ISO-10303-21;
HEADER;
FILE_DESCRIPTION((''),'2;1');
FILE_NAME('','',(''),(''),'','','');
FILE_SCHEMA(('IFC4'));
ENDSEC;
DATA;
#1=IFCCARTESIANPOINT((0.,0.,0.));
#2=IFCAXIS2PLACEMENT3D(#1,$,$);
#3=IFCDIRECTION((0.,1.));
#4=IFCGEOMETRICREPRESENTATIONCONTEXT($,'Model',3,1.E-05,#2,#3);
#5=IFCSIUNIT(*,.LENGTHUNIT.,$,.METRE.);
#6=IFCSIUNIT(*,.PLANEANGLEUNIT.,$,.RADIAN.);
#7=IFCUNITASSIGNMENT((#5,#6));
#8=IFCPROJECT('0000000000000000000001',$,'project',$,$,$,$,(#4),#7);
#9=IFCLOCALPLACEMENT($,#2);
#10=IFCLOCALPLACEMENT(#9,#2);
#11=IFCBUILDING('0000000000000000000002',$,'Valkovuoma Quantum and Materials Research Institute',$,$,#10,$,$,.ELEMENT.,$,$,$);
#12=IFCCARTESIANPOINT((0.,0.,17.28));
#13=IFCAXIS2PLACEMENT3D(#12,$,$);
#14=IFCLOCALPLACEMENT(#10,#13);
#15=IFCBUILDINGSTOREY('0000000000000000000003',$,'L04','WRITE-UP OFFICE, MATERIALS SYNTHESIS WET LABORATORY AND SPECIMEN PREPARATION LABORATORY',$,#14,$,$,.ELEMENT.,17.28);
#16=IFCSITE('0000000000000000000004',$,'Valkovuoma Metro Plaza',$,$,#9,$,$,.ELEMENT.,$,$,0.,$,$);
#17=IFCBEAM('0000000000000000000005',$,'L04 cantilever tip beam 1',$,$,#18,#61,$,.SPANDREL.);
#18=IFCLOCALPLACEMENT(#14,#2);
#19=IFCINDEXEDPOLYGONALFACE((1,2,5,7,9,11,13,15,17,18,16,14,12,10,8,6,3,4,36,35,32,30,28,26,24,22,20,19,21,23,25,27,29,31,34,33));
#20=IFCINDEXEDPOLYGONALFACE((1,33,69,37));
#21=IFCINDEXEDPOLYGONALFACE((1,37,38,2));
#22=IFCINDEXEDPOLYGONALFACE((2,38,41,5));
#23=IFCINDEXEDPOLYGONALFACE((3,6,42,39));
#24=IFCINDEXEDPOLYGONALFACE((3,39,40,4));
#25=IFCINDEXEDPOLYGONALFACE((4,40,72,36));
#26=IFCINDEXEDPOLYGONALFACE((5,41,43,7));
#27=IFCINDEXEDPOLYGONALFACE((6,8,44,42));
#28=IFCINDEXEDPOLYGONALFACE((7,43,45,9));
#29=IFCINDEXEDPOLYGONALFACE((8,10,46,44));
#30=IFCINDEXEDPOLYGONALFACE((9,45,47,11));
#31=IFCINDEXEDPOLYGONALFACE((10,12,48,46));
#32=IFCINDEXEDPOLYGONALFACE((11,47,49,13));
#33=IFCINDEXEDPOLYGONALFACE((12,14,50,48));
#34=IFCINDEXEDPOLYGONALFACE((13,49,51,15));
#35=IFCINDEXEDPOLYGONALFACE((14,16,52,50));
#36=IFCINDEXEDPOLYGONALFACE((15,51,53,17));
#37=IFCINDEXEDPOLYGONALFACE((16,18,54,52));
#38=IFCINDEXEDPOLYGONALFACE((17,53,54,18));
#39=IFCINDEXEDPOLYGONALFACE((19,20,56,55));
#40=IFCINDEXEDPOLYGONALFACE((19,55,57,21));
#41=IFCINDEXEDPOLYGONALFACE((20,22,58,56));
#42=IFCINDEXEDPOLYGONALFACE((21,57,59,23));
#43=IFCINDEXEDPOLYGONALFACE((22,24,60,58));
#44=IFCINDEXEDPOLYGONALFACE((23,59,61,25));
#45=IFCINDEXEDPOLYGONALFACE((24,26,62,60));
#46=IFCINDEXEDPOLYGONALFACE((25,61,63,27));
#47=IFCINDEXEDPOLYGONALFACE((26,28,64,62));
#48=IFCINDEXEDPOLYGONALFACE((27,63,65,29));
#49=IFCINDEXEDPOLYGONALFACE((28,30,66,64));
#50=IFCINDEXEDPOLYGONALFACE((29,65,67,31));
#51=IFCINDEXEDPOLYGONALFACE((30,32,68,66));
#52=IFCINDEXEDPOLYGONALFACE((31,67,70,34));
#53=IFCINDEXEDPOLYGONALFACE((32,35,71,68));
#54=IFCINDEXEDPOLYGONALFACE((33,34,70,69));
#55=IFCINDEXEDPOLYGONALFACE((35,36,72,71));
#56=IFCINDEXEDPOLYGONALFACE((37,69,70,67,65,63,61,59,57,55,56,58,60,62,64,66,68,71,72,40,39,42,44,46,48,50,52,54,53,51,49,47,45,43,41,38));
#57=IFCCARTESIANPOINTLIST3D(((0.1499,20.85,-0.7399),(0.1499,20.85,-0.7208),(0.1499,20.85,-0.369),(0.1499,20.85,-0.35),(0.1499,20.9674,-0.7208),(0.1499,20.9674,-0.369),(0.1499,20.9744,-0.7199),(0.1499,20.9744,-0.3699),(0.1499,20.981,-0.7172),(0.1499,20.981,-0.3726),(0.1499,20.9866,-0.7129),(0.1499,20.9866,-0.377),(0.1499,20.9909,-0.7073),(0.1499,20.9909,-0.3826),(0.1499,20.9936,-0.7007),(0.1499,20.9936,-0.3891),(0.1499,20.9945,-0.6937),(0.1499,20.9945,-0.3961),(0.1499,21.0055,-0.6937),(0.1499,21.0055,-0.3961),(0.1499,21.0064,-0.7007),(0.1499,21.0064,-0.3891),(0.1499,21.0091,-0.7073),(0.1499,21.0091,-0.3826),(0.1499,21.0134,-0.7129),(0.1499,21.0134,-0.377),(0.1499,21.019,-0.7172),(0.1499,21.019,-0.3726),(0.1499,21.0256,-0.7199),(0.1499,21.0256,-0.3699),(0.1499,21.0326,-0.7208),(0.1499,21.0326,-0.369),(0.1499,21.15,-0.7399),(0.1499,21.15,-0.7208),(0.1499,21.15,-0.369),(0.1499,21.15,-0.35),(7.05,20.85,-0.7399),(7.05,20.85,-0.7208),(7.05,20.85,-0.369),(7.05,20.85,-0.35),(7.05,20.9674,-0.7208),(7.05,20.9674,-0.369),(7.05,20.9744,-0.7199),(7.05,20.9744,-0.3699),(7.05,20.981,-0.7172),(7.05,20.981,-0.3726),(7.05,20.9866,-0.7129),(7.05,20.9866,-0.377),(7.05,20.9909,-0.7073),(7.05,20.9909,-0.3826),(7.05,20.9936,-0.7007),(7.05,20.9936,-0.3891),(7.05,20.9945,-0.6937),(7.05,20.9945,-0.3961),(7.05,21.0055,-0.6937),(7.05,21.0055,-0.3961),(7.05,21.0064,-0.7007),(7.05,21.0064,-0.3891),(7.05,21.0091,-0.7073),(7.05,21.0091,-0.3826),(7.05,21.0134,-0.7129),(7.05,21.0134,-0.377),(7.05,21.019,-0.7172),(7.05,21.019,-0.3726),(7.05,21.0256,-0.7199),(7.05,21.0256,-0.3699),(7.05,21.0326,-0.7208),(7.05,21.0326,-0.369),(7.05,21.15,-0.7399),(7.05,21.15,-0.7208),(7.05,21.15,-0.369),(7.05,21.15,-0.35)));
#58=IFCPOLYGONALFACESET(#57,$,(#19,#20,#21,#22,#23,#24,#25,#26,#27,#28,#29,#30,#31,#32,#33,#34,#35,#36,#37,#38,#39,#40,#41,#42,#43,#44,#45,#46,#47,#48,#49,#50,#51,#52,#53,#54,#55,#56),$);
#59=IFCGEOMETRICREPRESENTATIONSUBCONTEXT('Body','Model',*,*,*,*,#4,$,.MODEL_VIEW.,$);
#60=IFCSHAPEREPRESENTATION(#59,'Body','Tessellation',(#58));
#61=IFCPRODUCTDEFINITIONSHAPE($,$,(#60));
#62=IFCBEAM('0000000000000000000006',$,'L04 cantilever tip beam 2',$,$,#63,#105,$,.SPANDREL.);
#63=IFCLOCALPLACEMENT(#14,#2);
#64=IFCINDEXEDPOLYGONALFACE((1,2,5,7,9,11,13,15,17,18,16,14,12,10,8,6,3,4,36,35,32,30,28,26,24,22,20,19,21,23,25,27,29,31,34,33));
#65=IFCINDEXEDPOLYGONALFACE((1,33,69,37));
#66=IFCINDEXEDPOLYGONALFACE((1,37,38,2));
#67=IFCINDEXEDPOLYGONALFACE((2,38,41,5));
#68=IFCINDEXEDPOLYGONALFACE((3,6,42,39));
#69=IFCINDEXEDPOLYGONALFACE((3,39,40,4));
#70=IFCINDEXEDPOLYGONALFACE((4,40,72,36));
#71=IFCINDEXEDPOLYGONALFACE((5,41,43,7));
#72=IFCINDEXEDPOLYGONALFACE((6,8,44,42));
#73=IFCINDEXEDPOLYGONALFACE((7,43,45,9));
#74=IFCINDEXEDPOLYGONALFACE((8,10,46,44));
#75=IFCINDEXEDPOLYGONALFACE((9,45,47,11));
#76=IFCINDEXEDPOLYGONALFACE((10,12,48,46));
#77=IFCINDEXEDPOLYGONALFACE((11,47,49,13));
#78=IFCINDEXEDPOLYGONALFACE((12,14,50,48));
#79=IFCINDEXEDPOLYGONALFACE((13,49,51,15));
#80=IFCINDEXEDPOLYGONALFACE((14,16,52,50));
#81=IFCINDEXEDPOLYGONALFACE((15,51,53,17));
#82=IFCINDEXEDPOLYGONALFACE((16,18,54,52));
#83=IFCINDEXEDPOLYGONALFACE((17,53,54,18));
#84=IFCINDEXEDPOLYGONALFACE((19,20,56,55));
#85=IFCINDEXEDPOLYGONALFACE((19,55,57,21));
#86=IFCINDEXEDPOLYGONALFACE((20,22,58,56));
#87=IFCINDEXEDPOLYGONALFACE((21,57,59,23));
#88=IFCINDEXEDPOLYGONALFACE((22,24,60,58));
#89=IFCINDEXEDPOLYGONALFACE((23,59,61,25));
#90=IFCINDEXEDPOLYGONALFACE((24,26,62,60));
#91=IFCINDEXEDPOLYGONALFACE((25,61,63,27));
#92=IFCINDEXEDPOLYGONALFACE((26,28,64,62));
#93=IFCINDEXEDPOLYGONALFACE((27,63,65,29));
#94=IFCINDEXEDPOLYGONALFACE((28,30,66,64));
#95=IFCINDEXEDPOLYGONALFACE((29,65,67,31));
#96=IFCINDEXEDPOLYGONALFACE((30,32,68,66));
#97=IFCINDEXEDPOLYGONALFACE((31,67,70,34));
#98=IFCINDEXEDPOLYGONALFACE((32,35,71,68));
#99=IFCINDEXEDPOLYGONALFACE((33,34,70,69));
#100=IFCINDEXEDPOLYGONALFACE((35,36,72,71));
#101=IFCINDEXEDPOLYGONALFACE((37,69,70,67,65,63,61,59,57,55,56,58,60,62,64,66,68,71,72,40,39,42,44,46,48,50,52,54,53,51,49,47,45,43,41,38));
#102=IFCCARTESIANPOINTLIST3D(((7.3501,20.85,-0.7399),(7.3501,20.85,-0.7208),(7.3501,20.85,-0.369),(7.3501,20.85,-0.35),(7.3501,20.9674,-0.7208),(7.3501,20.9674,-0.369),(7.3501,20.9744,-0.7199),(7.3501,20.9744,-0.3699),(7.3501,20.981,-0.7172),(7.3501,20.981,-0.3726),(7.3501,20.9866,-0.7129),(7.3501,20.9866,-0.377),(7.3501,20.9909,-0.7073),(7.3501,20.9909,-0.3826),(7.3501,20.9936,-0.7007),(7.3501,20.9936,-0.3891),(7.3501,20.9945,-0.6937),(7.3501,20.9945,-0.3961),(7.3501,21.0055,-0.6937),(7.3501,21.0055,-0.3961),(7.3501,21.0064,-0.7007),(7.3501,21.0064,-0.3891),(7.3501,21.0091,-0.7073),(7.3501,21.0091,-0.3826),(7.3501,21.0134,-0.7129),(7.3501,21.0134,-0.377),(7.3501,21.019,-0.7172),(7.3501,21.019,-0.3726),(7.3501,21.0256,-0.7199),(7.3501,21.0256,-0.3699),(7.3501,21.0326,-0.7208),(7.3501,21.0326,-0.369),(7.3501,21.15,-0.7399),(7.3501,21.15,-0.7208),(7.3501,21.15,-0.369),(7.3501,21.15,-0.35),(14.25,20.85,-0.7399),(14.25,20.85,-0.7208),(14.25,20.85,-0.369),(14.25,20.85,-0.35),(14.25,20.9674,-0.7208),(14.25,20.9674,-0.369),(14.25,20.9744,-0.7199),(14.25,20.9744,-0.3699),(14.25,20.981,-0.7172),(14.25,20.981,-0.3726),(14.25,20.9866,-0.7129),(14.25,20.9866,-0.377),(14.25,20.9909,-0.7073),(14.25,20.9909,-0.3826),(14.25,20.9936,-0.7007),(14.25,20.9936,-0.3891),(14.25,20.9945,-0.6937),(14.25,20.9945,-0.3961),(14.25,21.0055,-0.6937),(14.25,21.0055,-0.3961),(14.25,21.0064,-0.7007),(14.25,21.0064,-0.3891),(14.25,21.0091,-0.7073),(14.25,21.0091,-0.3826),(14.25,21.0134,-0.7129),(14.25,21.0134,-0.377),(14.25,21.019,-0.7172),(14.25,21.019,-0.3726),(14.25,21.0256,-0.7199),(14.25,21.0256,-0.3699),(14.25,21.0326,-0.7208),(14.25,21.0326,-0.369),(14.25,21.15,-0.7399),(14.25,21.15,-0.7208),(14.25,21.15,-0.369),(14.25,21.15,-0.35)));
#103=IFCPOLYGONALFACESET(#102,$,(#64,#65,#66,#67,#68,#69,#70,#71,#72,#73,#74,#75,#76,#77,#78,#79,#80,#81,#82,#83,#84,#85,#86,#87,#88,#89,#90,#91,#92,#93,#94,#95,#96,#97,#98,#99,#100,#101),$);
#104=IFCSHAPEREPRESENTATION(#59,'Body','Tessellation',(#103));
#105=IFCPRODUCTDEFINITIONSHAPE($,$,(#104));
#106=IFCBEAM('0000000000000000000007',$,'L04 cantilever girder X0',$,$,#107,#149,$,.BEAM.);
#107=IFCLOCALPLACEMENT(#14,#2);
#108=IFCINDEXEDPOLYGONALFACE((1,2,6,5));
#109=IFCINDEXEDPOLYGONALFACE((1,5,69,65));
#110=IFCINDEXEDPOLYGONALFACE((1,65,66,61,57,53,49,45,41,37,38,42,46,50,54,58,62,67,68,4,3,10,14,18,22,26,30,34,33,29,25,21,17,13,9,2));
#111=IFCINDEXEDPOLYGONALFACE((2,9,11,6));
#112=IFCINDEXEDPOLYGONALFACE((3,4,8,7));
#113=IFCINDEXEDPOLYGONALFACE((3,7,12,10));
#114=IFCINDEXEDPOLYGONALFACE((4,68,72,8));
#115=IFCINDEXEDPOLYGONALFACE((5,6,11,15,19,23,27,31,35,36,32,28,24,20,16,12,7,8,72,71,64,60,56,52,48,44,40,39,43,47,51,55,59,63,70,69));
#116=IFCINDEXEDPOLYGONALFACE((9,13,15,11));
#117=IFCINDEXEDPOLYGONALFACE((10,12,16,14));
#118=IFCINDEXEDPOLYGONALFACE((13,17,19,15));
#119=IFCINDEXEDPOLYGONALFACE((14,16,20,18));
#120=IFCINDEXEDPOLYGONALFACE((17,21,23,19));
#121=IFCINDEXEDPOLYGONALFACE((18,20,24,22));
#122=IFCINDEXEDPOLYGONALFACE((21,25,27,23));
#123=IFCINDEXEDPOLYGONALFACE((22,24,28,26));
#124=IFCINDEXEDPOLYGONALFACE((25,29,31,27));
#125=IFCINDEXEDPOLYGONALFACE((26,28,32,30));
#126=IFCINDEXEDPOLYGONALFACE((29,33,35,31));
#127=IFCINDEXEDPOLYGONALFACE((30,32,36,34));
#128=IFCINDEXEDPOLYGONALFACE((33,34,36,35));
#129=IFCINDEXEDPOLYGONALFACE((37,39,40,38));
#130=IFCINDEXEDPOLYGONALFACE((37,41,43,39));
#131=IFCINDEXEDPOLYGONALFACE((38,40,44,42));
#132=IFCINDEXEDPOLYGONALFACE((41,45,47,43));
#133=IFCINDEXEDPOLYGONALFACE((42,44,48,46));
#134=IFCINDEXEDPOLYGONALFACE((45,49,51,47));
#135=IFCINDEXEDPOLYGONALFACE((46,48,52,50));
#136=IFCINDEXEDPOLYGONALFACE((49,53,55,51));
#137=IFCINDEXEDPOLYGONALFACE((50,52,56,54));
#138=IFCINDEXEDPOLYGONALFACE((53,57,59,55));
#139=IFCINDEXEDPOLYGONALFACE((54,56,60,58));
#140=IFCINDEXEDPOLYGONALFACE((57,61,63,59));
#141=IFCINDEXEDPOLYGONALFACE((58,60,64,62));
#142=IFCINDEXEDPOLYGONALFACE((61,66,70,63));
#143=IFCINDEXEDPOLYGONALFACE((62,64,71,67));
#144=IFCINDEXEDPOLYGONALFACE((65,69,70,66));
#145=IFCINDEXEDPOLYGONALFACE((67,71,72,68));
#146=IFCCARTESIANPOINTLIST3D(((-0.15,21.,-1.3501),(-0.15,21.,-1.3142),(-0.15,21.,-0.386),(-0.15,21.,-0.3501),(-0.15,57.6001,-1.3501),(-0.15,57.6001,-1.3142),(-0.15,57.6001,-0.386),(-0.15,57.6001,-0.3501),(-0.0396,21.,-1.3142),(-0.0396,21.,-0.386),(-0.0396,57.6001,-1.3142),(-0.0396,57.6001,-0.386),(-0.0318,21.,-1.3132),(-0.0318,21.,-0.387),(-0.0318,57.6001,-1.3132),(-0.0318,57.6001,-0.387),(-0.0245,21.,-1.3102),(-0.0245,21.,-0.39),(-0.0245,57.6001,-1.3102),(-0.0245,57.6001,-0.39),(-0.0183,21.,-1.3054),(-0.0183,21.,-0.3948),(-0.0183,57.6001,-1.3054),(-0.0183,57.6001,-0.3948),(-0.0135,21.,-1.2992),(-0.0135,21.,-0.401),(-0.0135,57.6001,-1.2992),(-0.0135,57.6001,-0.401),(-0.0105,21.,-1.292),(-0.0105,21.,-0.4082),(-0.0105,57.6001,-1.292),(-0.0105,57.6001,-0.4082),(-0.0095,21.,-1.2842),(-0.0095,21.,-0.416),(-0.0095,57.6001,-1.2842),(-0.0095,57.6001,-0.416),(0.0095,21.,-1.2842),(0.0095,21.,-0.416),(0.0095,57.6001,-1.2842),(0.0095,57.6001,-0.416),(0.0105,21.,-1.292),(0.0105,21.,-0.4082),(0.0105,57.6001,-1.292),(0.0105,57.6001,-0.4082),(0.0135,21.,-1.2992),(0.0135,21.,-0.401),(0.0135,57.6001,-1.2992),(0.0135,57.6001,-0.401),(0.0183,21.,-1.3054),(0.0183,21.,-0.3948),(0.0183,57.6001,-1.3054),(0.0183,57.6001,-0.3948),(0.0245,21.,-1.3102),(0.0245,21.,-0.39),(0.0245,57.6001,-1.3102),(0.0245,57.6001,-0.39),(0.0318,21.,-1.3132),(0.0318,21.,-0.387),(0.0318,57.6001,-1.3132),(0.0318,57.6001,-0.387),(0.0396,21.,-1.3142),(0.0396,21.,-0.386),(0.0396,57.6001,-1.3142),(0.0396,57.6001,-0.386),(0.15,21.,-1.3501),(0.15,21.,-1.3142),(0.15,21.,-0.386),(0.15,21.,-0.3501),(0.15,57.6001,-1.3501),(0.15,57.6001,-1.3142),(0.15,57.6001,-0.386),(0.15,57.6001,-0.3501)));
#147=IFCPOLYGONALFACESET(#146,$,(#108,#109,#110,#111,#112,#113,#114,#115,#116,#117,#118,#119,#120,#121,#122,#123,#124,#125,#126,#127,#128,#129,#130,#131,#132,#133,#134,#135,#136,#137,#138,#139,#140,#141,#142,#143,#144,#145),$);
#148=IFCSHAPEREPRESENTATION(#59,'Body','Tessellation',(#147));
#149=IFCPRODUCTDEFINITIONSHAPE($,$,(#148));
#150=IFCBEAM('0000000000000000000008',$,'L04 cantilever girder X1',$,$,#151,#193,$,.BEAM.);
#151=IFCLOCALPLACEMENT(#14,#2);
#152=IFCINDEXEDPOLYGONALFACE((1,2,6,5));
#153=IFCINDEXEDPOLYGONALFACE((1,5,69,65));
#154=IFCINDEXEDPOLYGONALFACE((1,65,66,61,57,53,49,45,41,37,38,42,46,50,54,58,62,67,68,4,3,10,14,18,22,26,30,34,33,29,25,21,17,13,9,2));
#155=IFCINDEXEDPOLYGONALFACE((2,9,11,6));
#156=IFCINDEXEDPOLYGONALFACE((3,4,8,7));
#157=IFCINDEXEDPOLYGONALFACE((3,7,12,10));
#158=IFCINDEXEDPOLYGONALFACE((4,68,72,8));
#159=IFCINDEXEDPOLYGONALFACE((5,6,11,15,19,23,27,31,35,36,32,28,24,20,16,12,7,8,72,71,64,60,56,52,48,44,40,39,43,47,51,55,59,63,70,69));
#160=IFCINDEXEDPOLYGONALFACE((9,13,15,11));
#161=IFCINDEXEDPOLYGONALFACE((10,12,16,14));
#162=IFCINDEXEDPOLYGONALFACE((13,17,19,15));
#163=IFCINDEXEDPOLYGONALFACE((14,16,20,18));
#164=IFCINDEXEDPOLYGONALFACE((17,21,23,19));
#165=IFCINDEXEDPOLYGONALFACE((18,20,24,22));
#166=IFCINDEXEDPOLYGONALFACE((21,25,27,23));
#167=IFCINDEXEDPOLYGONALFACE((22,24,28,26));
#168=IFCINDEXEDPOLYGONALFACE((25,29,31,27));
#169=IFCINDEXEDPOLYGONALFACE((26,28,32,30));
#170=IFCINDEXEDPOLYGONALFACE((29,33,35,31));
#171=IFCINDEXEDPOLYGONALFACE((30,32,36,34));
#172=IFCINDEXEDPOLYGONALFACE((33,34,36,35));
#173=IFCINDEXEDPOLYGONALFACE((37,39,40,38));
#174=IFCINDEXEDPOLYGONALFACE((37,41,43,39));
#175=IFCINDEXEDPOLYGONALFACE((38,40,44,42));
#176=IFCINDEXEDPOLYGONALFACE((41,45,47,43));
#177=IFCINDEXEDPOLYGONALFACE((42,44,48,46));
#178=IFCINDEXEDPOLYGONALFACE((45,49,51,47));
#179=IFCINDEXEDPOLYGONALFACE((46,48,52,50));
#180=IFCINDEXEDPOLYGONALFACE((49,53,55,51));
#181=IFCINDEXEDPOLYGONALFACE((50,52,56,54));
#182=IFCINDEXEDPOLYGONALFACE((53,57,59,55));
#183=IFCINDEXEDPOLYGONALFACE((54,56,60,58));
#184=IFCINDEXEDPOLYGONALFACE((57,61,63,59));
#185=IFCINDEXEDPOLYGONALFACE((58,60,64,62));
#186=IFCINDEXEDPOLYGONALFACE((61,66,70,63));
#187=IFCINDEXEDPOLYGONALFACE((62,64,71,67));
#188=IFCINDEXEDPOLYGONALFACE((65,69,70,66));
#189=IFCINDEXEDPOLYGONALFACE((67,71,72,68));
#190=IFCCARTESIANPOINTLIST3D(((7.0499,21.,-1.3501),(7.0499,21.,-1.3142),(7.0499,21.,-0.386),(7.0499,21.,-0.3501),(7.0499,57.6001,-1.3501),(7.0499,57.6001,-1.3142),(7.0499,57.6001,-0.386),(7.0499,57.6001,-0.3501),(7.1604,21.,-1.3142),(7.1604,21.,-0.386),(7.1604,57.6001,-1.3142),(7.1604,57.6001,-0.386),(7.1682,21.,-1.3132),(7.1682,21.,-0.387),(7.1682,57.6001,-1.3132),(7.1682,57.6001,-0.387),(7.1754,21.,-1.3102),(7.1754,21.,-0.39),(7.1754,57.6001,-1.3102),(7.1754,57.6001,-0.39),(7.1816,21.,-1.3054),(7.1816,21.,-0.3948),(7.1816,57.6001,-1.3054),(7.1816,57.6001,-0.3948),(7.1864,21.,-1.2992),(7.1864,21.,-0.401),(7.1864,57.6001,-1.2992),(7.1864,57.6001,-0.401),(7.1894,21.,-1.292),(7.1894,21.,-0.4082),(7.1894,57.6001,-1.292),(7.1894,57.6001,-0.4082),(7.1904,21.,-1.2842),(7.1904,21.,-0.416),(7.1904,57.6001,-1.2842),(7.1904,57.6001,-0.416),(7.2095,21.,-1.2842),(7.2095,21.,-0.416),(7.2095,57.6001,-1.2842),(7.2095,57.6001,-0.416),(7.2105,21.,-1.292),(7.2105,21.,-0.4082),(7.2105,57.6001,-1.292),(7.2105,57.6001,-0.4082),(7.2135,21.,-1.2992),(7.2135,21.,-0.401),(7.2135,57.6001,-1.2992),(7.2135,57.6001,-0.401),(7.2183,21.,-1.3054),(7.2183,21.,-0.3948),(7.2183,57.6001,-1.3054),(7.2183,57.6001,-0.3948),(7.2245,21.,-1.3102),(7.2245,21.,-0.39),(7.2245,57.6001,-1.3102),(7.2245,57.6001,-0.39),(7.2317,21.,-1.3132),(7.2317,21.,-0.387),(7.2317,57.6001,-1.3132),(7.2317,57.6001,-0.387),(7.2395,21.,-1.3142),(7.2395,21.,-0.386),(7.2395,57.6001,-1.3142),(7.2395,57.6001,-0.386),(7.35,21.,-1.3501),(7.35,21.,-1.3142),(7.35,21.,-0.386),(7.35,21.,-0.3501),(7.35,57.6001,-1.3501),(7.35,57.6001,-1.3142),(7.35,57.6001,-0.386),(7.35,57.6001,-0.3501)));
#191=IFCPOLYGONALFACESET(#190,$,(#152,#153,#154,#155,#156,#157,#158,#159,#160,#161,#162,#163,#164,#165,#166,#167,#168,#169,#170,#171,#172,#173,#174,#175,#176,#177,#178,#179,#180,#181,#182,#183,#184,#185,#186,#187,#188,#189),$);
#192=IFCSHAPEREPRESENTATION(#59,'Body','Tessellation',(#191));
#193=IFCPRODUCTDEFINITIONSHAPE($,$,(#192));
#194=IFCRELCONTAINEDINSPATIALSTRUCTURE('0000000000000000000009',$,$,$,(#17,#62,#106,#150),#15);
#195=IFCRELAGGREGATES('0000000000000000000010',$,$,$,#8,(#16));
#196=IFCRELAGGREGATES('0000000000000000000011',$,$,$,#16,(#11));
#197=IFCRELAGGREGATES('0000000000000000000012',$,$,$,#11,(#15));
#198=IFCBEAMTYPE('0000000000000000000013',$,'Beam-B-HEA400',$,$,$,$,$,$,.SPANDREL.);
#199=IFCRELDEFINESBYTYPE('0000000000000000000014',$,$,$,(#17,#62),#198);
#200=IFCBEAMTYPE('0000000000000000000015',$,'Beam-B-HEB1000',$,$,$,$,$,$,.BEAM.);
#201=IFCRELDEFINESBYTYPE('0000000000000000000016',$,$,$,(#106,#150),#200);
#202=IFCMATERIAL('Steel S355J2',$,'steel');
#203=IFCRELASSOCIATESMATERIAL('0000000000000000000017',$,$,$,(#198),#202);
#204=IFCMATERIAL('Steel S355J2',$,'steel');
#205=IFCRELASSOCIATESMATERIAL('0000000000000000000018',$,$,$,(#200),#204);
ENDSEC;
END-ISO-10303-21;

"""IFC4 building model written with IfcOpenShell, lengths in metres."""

from ifc_helpers import new_model, si_unit, direction, frame, origin, origin_2d, place, context, subcontext, project, spatial, i_section, extrude, material, material_profile, profile_set, type_object, element, save


model = new_model("IFC4")

# Units and contexts
model_context = context("Model", 3, precision=1e-05, world=origin(), true_north=direction((0.0, 1.0)))
body_context = subcontext(model_context, "Body", "Model", "MODEL_VIEW")
ifc_project = project(units=[si_unit("LENGTHUNIT", "METRE"), si_unit("PLANEANGLEUNIT", "RADIAN")], contexts=[model_context])

# Site, building, storey
site_placement = place(None, origin())
site = spatial("IfcSite", under=ifc_project, at=site_placement, Name="Valkovuoma Metro Plaza", CompositionType="ELEMENT", RefElevation=0.0)
building_placement = place(site_placement, origin())
building = spatial("IfcBuilding", under=site, at=building_placement, Name="Valkovuoma Quantum and Materials Research Institute", CompositionType="ELEMENT")
storey_placement = place(building_placement, frame((0.0, 0.0, 17.28)))
storey = spatial("IfcBuildingStorey", under=building, at=storey_placement, Name="L04", Description="WRITE-UP OFFICE, MATERIALS SYNTHESIS WET LABORATORY AND SPECIMEN PREPARATION LABORATORY", CompositionType="ELEMENT", Elevation=17.28)

# Beams
ifc_material_1 = material(Name="Steel S355J2", Category="steel")
ifc_material_profile_1 = material_profile(ifc_material_1, i_section(OverallWidth=0.3, OverallDepth=0.3899, WebThickness=0.011, FlangeThickness=0.019, FilletRadius=0.0271, at=origin_2d()), Name="Steel S355J2")
ifc_profile_set_1 = profile_set([ifc_material_profile_1], Name="Steel S355J2")
beam_type_1 = type_object("IfcBeamType", Name="Beam-B-HEA400", PredefinedType="SPANDREL", material=ifc_profile_set_1)
beam_1_placement = place(storey_placement, frame((0.1499, 21.0, -0.5449), z_axis=(1.0, 0.0, 0.0), x_axis=(0.0, 1.0, 0.0)))
element("IfcBeam", 1, at=beam_1_placement, inside=storey, type_object=beam_type_1, Name="L04 cantilever tip beam 1", PredefinedType="SPANDREL", context=body_context, shape_type="SweptSolid", body=[
    extrude(i_section(OverallWidth=0.3, OverallDepth=0.3899, WebThickness=0.011, FlangeThickness=0.019, FilletRadius=0.0271, at=origin_2d()), origin(), (0.0, 0.0, 1.0), 6.9001),
])
beam_2_placement = place(storey_placement, frame((7.3501, 21.0, -0.5449), z_axis=(1.0, 0.0, 0.0), x_axis=(0.0, 1.0, 0.0)))
element("IfcBeam", 2, at=beam_2_placement, inside=storey, type_object=beam_type_1, Name="L04 cantilever tip beam 2", PredefinedType="SPANDREL", context=body_context, shape_type="SweptSolid", body=[
    extrude(i_section(OverallWidth=0.3, OverallDepth=0.3899, WebThickness=0.011, FlangeThickness=0.019, FilletRadius=0.0271, at=origin_2d()), origin(), (0.0, 0.0, 1.0), 6.8999),
])
ifc_material_2 = material(Name="Steel S355J2", Category="steel")
ifc_material_profile_2 = material_profile(ifc_material_2, i_section(OverallWidth=0.3, OverallDepth=1.0, WebThickness=0.019, FlangeThickness=0.0359, FilletRadius=0.03, at=origin_2d()), Name="Steel S355J2")
ifc_profile_set_2 = profile_set([ifc_material_profile_2], Name="Steel S355J2")
beam_type_2 = type_object("IfcBeamType", Name="Beam-B-HEB1000", PredefinedType="BEAM", material=ifc_profile_set_2)
for number, where, z_axis, x_axis, name in (
    (3, (0.0, 21.0, -0.8501), (0.0, 1.0, 0.0), (-1.0, 0.0, 0.0), "L04 cantilever girder X0"),
    (4, (7.2, 21.0, -0.8501), (0.0, 1.0, 0.0), (-1.0, 0.0, 0.0), "L04 cantilever girder X1"),
):
    element("IfcBeam", number, at=place(storey_placement, frame(where, z_axis=z_axis, x_axis=x_axis)), inside=storey, type_object=beam_type_2, Name=name, PredefinedType="BEAM", context=body_context, shape_type="SweptSolid", body=[
        extrude(i_section(OverallWidth=0.3, OverallDepth=1.0, WebThickness=0.019, FlangeThickness=0.0359, FilletRadius=0.03, at=origin_2d()), origin(), (0.0, 0.0, 1.0), 36.6001),
    ])

save(model, "model.ifc")
